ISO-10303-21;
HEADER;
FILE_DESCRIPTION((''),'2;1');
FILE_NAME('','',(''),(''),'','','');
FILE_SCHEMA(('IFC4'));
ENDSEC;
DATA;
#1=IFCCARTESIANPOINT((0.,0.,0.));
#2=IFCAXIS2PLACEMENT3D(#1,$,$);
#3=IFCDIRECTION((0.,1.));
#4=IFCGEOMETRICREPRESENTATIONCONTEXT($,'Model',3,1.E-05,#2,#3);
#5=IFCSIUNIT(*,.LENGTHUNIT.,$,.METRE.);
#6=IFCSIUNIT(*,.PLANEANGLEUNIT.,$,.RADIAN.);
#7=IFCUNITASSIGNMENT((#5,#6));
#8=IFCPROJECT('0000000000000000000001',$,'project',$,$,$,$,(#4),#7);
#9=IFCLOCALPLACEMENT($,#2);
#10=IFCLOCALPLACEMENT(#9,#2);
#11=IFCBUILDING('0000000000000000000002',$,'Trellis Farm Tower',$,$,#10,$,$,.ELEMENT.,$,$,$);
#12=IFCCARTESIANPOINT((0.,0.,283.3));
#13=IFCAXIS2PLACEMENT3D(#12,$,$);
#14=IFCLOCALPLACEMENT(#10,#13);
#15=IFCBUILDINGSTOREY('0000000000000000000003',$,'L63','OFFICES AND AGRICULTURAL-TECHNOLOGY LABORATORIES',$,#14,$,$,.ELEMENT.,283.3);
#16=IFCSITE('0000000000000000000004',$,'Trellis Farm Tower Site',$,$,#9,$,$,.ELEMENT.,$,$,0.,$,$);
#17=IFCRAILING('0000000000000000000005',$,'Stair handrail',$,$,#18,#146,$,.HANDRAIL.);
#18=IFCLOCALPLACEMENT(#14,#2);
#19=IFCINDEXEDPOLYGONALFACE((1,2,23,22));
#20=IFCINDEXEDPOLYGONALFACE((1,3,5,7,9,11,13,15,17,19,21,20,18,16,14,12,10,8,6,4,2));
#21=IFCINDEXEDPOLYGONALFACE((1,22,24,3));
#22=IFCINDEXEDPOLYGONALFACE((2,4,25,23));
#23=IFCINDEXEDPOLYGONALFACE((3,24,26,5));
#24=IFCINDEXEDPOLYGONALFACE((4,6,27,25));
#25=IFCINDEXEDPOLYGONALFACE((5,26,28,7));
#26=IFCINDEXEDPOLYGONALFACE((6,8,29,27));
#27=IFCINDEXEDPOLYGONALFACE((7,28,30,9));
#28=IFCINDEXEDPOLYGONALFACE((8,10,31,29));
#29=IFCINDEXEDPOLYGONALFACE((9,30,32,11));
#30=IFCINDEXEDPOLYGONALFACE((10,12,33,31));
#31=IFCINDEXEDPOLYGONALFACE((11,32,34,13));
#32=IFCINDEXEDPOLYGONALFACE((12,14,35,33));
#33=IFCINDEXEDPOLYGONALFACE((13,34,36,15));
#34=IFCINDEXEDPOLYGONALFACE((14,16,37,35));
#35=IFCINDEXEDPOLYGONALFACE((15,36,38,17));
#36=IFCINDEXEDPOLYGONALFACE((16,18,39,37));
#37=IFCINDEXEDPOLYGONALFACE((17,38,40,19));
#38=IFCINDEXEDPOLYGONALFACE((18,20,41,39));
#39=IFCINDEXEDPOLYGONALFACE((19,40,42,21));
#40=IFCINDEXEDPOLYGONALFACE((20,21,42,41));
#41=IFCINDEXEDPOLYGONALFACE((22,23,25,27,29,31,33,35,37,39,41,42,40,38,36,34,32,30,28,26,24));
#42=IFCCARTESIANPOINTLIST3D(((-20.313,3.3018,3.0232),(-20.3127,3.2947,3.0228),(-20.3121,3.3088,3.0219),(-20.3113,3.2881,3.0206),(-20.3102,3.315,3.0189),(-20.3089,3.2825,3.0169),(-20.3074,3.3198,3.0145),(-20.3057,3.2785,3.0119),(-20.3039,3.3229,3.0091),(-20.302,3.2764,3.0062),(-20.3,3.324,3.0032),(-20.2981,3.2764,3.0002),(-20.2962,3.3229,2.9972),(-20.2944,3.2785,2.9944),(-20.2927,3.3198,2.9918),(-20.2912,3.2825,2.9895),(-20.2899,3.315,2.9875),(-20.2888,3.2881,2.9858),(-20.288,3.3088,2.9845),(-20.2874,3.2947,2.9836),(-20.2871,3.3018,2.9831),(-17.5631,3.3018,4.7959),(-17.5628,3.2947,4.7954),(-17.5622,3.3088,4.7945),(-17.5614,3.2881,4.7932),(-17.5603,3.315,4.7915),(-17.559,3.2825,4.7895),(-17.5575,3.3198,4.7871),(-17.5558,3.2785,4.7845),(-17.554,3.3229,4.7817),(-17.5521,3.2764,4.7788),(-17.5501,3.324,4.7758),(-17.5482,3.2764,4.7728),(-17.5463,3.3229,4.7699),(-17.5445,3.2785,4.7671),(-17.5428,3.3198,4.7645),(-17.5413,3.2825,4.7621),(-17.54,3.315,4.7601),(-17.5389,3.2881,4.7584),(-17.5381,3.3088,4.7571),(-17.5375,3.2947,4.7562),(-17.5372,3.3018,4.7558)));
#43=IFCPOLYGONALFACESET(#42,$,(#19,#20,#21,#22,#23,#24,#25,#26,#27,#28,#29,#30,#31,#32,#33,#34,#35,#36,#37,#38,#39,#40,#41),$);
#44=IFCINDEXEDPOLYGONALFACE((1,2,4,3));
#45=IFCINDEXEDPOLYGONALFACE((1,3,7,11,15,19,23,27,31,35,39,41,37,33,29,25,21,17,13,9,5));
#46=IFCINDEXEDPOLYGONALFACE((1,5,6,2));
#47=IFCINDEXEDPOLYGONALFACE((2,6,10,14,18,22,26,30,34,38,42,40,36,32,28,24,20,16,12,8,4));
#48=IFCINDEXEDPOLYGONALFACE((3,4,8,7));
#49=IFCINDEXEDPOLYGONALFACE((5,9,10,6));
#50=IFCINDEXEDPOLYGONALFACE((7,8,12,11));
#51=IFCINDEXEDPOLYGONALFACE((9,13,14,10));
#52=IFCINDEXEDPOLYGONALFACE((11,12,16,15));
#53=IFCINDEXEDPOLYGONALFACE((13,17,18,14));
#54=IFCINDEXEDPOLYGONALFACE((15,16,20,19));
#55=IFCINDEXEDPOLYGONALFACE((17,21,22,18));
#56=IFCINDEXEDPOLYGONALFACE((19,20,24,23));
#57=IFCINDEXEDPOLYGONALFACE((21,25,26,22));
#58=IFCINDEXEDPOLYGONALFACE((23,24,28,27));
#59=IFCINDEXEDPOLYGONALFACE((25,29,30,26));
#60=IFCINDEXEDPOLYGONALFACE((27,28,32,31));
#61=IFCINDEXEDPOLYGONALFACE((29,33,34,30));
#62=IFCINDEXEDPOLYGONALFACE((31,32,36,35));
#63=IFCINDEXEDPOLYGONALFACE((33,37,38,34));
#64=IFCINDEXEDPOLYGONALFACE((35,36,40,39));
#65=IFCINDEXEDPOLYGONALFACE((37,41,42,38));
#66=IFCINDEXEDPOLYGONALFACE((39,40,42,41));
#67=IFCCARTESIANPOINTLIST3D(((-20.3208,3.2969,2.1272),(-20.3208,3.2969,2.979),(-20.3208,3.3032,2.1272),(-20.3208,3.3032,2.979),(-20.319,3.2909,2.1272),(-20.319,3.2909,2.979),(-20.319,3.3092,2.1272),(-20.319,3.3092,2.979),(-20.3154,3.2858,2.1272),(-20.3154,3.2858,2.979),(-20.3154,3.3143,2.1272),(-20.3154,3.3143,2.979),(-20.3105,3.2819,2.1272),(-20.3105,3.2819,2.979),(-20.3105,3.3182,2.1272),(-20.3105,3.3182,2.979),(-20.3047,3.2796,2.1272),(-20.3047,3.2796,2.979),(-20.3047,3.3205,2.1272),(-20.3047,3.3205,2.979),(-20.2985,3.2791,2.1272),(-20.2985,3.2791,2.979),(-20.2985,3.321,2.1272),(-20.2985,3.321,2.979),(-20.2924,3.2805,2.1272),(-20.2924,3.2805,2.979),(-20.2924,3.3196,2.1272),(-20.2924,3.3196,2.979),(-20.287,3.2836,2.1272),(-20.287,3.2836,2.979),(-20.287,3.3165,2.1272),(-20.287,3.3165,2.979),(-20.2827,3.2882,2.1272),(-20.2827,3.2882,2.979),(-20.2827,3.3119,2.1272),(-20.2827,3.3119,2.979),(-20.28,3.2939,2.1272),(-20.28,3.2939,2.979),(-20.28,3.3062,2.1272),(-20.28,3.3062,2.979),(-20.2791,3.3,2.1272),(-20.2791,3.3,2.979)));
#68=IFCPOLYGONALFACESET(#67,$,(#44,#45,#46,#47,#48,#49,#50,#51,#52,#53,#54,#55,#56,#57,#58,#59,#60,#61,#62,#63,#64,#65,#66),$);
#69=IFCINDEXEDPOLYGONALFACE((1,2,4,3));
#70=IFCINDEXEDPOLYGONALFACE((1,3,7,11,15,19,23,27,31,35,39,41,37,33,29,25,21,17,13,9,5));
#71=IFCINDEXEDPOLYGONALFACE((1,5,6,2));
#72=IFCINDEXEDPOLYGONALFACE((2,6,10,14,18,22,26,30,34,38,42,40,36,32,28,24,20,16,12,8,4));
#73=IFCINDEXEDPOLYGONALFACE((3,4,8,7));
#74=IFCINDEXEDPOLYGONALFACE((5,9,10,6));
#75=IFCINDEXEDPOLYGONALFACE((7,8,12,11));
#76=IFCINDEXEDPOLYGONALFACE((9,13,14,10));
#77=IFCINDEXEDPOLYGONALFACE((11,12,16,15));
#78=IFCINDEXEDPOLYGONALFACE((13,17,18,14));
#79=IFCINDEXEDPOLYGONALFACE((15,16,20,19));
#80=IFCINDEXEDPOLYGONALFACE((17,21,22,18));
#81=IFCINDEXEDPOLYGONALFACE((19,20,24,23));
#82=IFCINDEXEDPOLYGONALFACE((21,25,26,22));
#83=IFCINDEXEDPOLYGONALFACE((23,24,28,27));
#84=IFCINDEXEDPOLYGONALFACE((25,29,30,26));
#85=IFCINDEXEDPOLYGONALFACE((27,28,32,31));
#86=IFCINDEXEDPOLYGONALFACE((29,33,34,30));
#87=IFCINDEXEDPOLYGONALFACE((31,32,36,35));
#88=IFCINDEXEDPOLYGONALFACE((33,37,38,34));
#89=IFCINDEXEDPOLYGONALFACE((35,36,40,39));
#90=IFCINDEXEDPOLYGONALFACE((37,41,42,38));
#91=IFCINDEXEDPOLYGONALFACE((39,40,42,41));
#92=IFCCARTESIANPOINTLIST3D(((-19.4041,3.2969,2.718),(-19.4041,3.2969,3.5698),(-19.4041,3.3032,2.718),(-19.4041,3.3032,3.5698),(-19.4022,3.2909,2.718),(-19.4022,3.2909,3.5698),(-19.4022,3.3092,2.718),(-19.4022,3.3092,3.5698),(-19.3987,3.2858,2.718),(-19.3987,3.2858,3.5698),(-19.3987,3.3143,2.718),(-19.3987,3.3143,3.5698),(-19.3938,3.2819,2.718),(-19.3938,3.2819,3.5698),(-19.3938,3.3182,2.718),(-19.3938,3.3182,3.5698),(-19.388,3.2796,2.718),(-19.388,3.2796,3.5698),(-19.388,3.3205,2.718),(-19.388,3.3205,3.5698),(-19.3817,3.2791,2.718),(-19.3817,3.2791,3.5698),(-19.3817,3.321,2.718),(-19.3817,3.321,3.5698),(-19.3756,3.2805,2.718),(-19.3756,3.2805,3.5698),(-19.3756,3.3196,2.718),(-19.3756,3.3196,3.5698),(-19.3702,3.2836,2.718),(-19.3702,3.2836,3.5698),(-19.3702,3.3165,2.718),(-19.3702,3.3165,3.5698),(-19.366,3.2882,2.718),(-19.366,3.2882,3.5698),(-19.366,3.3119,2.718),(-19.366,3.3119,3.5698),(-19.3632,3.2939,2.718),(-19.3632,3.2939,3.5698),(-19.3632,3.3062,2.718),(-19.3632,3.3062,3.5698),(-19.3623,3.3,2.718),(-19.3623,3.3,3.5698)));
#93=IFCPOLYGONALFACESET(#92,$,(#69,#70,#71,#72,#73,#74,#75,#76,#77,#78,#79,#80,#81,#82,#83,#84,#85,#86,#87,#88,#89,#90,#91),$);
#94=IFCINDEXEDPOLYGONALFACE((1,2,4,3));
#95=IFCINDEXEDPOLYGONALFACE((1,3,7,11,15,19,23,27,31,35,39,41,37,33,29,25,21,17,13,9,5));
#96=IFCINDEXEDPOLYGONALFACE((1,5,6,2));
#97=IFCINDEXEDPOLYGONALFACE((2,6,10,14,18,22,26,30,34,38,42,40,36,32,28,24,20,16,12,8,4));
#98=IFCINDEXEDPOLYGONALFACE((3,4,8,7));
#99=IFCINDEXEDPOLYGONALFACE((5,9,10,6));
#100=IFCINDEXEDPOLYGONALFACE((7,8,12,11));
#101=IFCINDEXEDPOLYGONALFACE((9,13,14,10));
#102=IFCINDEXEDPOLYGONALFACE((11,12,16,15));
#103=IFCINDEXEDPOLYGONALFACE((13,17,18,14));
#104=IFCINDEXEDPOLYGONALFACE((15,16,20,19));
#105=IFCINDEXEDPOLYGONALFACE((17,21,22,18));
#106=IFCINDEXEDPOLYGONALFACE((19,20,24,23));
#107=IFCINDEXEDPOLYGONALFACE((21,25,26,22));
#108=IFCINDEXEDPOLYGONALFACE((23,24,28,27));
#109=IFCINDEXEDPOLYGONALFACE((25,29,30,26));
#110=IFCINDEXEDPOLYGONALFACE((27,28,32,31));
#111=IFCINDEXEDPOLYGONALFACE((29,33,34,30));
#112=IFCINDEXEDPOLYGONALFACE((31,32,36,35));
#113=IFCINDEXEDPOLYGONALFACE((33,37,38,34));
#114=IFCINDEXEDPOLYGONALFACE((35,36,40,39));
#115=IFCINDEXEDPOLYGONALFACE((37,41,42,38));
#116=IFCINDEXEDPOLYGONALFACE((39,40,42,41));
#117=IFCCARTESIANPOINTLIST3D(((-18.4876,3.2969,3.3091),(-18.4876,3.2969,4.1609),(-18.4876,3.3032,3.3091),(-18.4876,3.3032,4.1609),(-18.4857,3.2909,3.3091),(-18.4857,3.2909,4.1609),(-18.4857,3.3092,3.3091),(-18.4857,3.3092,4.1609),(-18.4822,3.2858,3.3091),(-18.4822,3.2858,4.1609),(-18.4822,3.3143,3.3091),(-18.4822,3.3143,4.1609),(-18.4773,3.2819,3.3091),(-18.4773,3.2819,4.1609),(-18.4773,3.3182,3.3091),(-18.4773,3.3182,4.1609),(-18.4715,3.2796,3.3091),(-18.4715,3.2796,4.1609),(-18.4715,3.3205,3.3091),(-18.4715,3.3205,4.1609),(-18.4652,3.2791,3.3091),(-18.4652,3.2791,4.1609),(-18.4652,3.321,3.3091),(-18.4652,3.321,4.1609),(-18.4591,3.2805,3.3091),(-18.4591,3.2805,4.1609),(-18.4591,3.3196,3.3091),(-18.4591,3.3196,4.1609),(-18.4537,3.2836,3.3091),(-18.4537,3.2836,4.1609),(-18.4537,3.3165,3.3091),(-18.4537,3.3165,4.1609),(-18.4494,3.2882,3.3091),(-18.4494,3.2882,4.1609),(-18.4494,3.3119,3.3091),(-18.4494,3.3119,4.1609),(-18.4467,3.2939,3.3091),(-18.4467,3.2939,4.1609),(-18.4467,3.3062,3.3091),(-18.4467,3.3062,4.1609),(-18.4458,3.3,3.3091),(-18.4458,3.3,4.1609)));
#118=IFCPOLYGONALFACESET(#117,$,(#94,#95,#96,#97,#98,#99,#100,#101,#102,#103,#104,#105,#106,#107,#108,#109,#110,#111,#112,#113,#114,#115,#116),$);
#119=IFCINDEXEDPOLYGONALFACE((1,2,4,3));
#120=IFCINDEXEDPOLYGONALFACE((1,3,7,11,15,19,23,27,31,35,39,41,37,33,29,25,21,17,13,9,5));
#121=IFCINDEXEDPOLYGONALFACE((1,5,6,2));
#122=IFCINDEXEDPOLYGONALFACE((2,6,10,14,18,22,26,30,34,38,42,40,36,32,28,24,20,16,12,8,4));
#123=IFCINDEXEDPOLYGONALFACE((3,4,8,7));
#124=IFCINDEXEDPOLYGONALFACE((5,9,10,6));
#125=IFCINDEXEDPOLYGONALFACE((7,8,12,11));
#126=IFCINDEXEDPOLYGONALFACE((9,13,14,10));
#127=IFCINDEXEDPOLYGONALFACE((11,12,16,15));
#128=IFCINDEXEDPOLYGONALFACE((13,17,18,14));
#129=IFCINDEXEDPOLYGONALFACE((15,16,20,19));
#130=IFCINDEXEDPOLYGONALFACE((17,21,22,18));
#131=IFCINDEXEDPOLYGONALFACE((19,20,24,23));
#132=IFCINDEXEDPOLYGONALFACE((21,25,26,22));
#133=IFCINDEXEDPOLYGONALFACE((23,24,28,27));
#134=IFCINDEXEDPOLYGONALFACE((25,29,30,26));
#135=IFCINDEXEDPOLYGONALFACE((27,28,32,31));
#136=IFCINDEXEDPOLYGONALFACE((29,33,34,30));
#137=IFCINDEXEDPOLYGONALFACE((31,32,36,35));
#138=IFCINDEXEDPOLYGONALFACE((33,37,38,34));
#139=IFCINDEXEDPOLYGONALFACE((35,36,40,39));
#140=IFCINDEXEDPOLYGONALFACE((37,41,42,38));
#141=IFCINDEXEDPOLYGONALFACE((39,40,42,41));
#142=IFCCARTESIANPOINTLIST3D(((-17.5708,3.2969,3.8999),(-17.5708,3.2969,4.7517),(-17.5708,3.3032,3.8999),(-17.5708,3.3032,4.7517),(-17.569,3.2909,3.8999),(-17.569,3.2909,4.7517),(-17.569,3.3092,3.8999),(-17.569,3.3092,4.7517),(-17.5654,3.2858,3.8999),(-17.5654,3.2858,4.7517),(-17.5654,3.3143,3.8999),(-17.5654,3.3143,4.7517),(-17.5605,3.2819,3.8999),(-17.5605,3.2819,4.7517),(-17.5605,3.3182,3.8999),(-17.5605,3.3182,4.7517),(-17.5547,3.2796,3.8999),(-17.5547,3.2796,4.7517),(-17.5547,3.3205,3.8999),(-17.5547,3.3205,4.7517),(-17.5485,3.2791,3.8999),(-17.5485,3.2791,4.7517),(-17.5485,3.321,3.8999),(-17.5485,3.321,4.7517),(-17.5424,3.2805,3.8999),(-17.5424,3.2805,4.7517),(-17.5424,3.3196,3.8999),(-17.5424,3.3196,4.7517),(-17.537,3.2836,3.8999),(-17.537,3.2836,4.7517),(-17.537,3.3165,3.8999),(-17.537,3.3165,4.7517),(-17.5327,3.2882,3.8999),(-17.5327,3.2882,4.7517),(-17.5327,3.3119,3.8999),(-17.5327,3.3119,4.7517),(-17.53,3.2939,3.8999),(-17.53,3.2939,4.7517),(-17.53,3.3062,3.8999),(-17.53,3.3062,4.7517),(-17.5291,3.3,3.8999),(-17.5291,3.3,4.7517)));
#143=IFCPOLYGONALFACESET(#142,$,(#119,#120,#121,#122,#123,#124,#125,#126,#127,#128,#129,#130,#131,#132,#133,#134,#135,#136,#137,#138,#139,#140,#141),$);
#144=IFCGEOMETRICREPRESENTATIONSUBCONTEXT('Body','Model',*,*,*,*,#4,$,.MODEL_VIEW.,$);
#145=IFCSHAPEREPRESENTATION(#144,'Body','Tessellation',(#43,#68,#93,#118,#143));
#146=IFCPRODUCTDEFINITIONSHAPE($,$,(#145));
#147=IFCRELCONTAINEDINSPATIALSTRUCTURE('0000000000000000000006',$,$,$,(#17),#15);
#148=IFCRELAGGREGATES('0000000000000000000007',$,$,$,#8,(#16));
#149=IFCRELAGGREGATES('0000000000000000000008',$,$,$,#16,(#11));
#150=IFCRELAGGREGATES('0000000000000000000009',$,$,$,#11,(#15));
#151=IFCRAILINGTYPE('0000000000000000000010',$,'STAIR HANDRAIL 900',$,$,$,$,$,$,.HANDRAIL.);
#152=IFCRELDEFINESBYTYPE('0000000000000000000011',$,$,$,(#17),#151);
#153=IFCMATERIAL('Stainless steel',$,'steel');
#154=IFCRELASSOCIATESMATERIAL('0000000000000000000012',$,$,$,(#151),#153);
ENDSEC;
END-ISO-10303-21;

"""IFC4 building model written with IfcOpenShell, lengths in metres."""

from ifc_helpers import new_model, si_unit, direction, frame, origin, origin_2d, place, context, subcontext, project, spatial, circle, extrude, source, transform, mapped, material, type_object, element, save


model = new_model("IFC4")

# Units and contexts
model_context = context("Model", 3, precision=1e-05, world=origin(), true_north=direction((0.0, 1.0)))
body_context = subcontext(model_context, "Body", "Model", "MODEL_VIEW")
ifc_project = project(units=[si_unit("LENGTHUNIT", "METRE"), si_unit("PLANEANGLEUNIT", "RADIAN")], contexts=[model_context])

# Site, building, storey
site_placement = place(None, origin())
site = spatial("IfcSite", under=ifc_project, at=site_placement, Name="Trellis Farm Tower Site", CompositionType="ELEMENT", RefElevation=0.0)
building_placement = place(site_placement, origin())
building = spatial("IfcBuilding", under=site, at=building_placement, Name="Trellis Farm Tower", CompositionType="ELEMENT")
storey_placement = place(building_placement, frame((0.0, 0.0, 283.3)))
storey = spatial("IfcBuildingStorey", under=building, at=storey_placement, Name="L63", Description="OFFICES AND AGRICULTURAL-TECHNOLOGY LABORATORIES", CompositionType="ELEMENT", Elevation=283.3)

# Railing
ifc_material_1 = material(Name="Stainless steel", Category="steel")
railing_type = type_object("IfcRailingType", Name="STAIR HANDRAIL 900", PredefinedType="HANDRAIL", material=ifc_material_1)
shared_shape_1 = source(origin(), body_context, "Body", "SweptSolid", [
    extrude(circle(Radius=0.0239, at=origin_2d()), frame((0.0, 0.0, 0.876), z_axis=(0.840504, 0.0, 0.541806), x_axis=(0.0, 1.0, 0.0)), (0.0, 0.0, 1.0), 3.2717),
    extrude(circle(Radius=0.021, at=origin_2d()), origin(), (0.0, 0.0, 1.0), 0.8518),
    extrude(circle(Radius=0.021, at=origin_2d()), frame((0.9167, 0.0, 0.5908)), (0.0, 0.0, 1.0), 0.8518),
    extrude(circle(Radius=0.021, at=origin_2d()), frame((1.8333, 0.0, 1.1819)), (0.0, 0.0, 1.0), 0.8518),
    extrude(circle(Radius=0.021, at=origin_2d()), frame((2.75, 0.0, 1.7727)), (0.0, 0.0, 1.0), 0.8518),
])
for number, where, name in (
    (1, (-20.3, 3.3, 2.1272), "Stair handrail"),
):
    element("IfcRailing", number, at=place(storey_placement, frame(where)), inside=storey, type_object=railing_type, Name=name, PredefinedType="HANDRAIL", context=body_context, shape_type="MappedRepresentation", body=[
        mapped(shared_shape_1, transform((0.0, 0.0, 0.0))),
    ])

save(model, "model.ifc")
